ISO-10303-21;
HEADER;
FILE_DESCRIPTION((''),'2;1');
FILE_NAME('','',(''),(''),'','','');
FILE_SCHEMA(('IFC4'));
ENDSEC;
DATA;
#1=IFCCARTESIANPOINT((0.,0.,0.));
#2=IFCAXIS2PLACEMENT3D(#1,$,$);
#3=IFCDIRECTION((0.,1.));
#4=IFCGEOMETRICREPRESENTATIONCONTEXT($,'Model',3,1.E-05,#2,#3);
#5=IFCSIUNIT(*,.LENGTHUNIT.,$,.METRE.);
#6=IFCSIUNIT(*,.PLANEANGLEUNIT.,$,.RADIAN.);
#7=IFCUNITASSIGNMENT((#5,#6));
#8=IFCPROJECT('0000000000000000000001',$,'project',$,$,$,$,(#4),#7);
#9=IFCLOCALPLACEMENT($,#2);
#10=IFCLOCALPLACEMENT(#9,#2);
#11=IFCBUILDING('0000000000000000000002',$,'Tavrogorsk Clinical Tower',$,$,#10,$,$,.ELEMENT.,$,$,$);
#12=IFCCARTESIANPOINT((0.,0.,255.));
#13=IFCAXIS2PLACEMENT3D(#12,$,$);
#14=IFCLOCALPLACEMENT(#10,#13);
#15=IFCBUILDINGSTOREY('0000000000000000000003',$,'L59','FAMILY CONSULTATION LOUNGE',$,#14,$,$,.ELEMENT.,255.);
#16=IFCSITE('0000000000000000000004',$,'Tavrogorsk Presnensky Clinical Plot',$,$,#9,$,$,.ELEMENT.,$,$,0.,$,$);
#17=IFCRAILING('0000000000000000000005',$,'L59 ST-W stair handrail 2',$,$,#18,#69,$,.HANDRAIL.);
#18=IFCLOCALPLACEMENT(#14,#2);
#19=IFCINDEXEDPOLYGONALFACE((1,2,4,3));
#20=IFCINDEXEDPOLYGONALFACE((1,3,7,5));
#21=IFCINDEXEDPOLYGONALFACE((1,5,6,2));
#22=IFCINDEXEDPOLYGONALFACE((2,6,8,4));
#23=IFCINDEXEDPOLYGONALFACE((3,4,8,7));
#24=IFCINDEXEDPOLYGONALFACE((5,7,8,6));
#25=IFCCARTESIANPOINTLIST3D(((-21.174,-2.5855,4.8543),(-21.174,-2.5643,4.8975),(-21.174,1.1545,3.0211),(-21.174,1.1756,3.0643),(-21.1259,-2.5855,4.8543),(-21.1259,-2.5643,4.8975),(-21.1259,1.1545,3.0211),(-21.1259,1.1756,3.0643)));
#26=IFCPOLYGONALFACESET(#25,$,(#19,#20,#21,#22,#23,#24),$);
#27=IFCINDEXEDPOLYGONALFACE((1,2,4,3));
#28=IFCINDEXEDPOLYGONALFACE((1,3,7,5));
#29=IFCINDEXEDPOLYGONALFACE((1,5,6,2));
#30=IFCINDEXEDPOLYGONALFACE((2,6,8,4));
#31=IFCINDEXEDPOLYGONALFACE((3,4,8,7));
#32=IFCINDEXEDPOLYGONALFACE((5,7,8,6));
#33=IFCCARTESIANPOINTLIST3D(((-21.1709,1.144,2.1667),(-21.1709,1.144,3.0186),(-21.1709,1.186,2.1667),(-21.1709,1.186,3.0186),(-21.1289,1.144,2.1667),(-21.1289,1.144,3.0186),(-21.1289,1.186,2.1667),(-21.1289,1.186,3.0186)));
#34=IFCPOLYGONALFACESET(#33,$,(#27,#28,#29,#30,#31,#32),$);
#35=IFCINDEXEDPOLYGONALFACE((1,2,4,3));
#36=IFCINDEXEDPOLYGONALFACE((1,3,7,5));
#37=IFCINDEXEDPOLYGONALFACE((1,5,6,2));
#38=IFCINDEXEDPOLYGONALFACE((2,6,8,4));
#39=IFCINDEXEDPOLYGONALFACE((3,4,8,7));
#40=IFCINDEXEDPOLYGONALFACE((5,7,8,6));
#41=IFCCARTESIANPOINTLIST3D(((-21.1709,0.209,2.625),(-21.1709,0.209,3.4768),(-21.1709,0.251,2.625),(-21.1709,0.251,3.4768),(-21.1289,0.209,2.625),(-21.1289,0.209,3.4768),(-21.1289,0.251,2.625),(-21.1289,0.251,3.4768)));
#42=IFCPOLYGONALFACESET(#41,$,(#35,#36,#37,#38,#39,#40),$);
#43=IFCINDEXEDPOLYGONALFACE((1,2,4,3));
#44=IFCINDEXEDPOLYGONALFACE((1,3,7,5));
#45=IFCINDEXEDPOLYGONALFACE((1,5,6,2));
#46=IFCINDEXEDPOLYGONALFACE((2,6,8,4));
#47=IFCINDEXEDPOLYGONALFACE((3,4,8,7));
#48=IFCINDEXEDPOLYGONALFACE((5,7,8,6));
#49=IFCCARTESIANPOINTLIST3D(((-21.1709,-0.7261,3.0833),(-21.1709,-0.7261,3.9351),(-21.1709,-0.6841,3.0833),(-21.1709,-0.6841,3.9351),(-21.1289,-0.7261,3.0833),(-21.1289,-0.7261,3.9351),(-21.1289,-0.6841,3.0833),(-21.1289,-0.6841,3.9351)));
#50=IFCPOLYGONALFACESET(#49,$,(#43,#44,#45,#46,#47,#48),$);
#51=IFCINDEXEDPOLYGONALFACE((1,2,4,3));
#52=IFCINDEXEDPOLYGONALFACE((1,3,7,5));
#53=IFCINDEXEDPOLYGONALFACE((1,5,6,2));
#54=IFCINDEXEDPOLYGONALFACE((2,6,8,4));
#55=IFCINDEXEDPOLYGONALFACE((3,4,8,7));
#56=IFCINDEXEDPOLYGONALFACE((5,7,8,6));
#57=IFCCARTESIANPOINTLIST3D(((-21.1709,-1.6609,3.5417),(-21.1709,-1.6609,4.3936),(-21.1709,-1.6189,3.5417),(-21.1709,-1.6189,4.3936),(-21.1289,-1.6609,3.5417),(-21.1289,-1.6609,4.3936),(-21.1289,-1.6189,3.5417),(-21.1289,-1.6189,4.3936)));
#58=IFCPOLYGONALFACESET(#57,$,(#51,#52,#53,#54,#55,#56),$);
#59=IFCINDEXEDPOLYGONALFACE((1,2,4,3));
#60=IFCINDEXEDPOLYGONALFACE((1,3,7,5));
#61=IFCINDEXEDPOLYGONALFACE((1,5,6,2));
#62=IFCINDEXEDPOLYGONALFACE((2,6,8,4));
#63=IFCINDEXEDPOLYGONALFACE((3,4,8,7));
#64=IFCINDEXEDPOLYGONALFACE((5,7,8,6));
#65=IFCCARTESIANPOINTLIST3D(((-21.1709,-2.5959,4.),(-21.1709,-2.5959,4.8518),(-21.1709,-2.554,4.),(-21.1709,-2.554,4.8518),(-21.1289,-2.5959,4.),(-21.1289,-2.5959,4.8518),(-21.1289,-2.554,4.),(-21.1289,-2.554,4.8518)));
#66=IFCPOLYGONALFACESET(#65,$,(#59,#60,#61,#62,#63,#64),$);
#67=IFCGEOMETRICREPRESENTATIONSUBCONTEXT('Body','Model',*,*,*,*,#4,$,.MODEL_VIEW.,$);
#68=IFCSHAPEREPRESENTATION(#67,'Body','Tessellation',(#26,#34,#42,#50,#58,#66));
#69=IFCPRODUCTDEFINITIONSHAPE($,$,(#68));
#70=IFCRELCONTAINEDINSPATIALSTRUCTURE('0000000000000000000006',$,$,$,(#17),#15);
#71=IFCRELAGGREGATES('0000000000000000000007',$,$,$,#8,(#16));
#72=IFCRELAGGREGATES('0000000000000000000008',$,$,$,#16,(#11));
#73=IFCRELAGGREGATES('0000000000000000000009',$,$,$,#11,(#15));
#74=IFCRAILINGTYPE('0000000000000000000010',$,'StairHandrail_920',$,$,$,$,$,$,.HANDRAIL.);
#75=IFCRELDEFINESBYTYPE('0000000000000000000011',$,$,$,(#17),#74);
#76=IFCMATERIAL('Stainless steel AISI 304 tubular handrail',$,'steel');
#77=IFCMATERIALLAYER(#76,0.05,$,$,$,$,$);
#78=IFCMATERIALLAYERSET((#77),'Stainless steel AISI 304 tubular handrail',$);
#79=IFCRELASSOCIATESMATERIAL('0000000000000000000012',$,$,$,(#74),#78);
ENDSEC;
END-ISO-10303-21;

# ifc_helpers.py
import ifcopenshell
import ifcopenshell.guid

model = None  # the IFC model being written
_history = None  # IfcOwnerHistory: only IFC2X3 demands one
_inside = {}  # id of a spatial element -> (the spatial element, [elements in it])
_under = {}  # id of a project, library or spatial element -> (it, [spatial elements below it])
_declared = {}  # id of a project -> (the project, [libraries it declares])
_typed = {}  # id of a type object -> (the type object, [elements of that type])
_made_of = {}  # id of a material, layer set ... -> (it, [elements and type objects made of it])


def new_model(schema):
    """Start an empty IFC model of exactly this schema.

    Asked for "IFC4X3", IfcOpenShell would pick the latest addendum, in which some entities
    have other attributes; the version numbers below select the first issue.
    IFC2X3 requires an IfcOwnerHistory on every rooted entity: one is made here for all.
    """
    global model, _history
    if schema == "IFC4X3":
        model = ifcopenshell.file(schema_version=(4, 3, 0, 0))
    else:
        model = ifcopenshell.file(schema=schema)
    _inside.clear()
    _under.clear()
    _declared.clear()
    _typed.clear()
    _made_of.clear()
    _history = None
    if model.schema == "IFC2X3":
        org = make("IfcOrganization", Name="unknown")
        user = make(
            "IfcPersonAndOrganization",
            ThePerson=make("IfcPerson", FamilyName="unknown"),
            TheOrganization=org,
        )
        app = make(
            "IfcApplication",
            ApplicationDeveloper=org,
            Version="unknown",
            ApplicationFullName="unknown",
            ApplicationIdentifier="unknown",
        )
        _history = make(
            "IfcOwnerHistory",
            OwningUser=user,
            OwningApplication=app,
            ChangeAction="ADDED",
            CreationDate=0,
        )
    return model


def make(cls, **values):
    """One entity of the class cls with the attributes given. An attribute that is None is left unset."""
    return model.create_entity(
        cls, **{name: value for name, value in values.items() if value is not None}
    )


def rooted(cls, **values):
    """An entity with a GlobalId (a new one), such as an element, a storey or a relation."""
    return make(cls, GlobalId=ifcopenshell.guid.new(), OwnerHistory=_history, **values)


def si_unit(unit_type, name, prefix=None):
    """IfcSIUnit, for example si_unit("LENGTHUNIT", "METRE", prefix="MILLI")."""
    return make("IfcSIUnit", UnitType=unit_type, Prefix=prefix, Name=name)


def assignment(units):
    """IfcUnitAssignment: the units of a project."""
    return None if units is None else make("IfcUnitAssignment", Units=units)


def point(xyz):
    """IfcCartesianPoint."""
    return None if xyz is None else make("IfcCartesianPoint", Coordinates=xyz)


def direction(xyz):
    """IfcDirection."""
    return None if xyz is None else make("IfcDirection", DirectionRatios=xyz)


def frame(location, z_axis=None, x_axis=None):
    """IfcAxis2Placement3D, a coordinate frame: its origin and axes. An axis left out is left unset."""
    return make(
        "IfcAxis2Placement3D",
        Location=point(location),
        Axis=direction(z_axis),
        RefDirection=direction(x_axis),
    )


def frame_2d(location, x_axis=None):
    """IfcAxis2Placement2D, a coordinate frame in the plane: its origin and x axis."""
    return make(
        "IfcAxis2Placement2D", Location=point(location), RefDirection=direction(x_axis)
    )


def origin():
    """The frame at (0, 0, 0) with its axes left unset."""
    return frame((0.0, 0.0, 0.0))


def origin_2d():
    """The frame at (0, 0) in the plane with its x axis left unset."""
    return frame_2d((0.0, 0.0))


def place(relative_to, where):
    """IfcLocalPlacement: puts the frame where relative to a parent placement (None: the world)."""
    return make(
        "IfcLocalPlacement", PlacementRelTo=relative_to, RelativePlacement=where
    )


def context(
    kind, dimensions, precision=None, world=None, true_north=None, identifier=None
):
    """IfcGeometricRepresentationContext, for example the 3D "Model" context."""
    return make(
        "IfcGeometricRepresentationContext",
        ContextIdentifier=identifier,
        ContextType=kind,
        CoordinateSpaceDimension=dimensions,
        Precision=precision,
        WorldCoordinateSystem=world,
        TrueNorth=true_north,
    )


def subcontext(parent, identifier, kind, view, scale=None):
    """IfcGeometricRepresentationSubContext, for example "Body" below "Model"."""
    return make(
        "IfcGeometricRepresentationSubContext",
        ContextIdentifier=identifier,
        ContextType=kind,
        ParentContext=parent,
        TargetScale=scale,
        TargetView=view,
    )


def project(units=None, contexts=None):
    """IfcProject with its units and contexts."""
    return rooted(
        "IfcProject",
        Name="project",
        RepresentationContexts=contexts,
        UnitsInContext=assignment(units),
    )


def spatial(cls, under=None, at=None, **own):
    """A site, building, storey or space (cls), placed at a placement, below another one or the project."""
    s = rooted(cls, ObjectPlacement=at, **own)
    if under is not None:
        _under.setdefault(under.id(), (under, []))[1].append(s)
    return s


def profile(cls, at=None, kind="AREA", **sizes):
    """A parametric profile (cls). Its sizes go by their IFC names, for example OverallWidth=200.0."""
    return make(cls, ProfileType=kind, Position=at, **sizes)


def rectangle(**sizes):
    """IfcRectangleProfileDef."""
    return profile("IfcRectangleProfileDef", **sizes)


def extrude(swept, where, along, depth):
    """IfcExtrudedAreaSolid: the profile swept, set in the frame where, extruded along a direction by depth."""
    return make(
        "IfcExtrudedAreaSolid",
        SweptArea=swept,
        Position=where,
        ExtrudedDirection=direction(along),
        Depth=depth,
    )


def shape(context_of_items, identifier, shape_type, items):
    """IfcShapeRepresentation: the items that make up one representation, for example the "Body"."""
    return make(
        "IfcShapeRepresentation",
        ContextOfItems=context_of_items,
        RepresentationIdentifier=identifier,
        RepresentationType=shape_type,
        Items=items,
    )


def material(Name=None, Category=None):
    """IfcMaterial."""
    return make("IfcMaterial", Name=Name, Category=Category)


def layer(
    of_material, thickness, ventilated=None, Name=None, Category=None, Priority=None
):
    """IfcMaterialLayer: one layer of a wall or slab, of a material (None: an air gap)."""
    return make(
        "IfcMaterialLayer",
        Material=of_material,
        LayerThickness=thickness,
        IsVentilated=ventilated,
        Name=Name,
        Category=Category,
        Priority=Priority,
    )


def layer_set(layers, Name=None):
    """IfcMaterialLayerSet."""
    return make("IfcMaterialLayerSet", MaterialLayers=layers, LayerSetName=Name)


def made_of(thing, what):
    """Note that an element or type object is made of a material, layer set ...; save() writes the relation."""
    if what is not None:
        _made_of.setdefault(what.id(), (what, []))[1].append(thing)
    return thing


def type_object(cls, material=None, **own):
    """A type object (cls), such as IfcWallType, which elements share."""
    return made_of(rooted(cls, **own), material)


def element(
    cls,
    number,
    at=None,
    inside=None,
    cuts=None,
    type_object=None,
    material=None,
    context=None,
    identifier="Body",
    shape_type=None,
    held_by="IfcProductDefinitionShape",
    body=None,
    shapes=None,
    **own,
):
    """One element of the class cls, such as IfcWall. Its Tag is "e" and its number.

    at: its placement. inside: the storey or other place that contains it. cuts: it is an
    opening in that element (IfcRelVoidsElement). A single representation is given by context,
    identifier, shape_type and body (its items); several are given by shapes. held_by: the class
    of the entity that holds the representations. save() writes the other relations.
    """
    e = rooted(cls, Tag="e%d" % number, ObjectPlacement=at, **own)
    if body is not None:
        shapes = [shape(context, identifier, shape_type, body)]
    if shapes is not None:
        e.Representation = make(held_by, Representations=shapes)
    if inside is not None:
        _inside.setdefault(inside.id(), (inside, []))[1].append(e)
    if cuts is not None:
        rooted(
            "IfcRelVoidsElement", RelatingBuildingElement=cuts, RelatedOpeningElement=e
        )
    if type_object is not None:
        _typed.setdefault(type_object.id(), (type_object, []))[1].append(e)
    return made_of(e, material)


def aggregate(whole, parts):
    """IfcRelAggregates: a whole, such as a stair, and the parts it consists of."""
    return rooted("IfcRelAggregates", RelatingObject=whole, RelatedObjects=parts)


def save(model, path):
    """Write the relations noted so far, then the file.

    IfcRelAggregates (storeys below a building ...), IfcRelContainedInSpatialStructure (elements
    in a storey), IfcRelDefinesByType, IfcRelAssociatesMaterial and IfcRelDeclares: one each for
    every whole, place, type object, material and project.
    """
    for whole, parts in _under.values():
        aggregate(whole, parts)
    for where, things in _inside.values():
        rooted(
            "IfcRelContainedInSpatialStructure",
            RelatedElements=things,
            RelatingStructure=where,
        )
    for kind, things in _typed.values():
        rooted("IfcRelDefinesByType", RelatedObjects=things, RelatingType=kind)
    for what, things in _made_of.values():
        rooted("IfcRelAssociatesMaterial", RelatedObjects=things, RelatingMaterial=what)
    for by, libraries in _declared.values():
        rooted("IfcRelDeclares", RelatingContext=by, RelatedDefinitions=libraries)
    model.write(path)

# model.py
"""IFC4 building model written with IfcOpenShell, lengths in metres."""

from ifc_helpers import new_model, si_unit, direction, frame, origin, origin_2d, place, context, subcontext, project, spatial, rectangle, extrude, material, layer, layer_set, type_object, element, save


model = new_model("IFC4")

# Units and contexts
model_context = context("Model", 3, precision=1e-05, world=origin(), true_north=direction((0.0, 1.0)))
body_context = subcontext(model_context, "Body", "Model", "MODEL_VIEW")
ifc_project = project(units=[si_unit("LENGTHUNIT", "METRE"), si_unit("PLANEANGLEUNIT", "RADIAN")], contexts=[model_context])

# Site, building, storey
site_placement = place(None, origin())
site = spatial("IfcSite", under=ifc_project, at=site_placement, Name="Tavrogorsk Presnensky Clinical Plot", CompositionType="ELEMENT", RefElevation=0.0)
building_placement = place(site_placement, origin())
building = spatial("IfcBuilding", under=site, at=building_placement, Name="Tavrogorsk Clinical Tower", CompositionType="ELEMENT")
storey_placement = place(building_placement, frame((0.0, 0.0, 255.0)))
storey = spatial("IfcBuildingStorey", under=building, at=storey_placement, Name="L59", Description="FAMILY CONSULTATION LOUNGE", CompositionType="ELEMENT", Elevation=255.0)

# Railing
ifc_material_1 = material(Name="Stainless steel AISI 304 tubular handrail", Category="steel")
ifc_layer_1 = layer(ifc_material_1, 0.05)
ifc_layer_set_1 = layer_set([ifc_layer_1], Name="Stainless steel AISI 304 tubular handrail")
railing_type = type_object("IfcRailingType", Name="StairHandrail_920", PredefinedType="HANDRAIL", material=ifc_layer_set_1)
railing_placement = place(storey_placement, frame((-21.1499, 1.165, 2.1667)))
element("IfcRailing", 1, at=railing_placement, inside=storey, type_object=railing_type, Name="L59 ST-W stair handrail 2", PredefinedType="HANDRAIL", context=body_context, shape_type="SweptSolid", body=[
    extrude(rectangle(XDim=0.0481, YDim=0.0481, at=origin_2d()), frame((0.0, 0.0, 0.876), z_axis=(0.0, -0.897928, 0.440142), x_axis=(1.0, 0.0, 0.0)), (0.0, 0.0, 1.0), 4.165),
    extrude(rectangle(XDim=0.042, YDim=0.042, at=origin_2d()), origin(), (0.0, 0.0, 1.0), 0.8518),
    extrude(rectangle(XDim=0.042, YDim=0.042, at=origin_2d()), frame((0.0, -0.9351, 0.4583)), (0.0, 0.0, 1.0), 0.8518),
    extrude(rectangle(XDim=0.042, YDim=0.042, at=origin_2d()), frame((0.0, -1.8701, 0.9165)), (0.0, 0.0, 1.0), 0.8518),
    extrude(rectangle(XDim=0.042, YDim=0.042, at=origin_2d()), frame((0.0, -2.8049, 1.375)), (0.0, 0.0, 1.0), 0.8518),
    extrude(rectangle(XDim=0.042, YDim=0.042, at=origin_2d()), frame((0.0, -3.74, 1.8333)), (0.0, 0.0, 1.0), 0.8518),
])

save(model, "model.ifc")
